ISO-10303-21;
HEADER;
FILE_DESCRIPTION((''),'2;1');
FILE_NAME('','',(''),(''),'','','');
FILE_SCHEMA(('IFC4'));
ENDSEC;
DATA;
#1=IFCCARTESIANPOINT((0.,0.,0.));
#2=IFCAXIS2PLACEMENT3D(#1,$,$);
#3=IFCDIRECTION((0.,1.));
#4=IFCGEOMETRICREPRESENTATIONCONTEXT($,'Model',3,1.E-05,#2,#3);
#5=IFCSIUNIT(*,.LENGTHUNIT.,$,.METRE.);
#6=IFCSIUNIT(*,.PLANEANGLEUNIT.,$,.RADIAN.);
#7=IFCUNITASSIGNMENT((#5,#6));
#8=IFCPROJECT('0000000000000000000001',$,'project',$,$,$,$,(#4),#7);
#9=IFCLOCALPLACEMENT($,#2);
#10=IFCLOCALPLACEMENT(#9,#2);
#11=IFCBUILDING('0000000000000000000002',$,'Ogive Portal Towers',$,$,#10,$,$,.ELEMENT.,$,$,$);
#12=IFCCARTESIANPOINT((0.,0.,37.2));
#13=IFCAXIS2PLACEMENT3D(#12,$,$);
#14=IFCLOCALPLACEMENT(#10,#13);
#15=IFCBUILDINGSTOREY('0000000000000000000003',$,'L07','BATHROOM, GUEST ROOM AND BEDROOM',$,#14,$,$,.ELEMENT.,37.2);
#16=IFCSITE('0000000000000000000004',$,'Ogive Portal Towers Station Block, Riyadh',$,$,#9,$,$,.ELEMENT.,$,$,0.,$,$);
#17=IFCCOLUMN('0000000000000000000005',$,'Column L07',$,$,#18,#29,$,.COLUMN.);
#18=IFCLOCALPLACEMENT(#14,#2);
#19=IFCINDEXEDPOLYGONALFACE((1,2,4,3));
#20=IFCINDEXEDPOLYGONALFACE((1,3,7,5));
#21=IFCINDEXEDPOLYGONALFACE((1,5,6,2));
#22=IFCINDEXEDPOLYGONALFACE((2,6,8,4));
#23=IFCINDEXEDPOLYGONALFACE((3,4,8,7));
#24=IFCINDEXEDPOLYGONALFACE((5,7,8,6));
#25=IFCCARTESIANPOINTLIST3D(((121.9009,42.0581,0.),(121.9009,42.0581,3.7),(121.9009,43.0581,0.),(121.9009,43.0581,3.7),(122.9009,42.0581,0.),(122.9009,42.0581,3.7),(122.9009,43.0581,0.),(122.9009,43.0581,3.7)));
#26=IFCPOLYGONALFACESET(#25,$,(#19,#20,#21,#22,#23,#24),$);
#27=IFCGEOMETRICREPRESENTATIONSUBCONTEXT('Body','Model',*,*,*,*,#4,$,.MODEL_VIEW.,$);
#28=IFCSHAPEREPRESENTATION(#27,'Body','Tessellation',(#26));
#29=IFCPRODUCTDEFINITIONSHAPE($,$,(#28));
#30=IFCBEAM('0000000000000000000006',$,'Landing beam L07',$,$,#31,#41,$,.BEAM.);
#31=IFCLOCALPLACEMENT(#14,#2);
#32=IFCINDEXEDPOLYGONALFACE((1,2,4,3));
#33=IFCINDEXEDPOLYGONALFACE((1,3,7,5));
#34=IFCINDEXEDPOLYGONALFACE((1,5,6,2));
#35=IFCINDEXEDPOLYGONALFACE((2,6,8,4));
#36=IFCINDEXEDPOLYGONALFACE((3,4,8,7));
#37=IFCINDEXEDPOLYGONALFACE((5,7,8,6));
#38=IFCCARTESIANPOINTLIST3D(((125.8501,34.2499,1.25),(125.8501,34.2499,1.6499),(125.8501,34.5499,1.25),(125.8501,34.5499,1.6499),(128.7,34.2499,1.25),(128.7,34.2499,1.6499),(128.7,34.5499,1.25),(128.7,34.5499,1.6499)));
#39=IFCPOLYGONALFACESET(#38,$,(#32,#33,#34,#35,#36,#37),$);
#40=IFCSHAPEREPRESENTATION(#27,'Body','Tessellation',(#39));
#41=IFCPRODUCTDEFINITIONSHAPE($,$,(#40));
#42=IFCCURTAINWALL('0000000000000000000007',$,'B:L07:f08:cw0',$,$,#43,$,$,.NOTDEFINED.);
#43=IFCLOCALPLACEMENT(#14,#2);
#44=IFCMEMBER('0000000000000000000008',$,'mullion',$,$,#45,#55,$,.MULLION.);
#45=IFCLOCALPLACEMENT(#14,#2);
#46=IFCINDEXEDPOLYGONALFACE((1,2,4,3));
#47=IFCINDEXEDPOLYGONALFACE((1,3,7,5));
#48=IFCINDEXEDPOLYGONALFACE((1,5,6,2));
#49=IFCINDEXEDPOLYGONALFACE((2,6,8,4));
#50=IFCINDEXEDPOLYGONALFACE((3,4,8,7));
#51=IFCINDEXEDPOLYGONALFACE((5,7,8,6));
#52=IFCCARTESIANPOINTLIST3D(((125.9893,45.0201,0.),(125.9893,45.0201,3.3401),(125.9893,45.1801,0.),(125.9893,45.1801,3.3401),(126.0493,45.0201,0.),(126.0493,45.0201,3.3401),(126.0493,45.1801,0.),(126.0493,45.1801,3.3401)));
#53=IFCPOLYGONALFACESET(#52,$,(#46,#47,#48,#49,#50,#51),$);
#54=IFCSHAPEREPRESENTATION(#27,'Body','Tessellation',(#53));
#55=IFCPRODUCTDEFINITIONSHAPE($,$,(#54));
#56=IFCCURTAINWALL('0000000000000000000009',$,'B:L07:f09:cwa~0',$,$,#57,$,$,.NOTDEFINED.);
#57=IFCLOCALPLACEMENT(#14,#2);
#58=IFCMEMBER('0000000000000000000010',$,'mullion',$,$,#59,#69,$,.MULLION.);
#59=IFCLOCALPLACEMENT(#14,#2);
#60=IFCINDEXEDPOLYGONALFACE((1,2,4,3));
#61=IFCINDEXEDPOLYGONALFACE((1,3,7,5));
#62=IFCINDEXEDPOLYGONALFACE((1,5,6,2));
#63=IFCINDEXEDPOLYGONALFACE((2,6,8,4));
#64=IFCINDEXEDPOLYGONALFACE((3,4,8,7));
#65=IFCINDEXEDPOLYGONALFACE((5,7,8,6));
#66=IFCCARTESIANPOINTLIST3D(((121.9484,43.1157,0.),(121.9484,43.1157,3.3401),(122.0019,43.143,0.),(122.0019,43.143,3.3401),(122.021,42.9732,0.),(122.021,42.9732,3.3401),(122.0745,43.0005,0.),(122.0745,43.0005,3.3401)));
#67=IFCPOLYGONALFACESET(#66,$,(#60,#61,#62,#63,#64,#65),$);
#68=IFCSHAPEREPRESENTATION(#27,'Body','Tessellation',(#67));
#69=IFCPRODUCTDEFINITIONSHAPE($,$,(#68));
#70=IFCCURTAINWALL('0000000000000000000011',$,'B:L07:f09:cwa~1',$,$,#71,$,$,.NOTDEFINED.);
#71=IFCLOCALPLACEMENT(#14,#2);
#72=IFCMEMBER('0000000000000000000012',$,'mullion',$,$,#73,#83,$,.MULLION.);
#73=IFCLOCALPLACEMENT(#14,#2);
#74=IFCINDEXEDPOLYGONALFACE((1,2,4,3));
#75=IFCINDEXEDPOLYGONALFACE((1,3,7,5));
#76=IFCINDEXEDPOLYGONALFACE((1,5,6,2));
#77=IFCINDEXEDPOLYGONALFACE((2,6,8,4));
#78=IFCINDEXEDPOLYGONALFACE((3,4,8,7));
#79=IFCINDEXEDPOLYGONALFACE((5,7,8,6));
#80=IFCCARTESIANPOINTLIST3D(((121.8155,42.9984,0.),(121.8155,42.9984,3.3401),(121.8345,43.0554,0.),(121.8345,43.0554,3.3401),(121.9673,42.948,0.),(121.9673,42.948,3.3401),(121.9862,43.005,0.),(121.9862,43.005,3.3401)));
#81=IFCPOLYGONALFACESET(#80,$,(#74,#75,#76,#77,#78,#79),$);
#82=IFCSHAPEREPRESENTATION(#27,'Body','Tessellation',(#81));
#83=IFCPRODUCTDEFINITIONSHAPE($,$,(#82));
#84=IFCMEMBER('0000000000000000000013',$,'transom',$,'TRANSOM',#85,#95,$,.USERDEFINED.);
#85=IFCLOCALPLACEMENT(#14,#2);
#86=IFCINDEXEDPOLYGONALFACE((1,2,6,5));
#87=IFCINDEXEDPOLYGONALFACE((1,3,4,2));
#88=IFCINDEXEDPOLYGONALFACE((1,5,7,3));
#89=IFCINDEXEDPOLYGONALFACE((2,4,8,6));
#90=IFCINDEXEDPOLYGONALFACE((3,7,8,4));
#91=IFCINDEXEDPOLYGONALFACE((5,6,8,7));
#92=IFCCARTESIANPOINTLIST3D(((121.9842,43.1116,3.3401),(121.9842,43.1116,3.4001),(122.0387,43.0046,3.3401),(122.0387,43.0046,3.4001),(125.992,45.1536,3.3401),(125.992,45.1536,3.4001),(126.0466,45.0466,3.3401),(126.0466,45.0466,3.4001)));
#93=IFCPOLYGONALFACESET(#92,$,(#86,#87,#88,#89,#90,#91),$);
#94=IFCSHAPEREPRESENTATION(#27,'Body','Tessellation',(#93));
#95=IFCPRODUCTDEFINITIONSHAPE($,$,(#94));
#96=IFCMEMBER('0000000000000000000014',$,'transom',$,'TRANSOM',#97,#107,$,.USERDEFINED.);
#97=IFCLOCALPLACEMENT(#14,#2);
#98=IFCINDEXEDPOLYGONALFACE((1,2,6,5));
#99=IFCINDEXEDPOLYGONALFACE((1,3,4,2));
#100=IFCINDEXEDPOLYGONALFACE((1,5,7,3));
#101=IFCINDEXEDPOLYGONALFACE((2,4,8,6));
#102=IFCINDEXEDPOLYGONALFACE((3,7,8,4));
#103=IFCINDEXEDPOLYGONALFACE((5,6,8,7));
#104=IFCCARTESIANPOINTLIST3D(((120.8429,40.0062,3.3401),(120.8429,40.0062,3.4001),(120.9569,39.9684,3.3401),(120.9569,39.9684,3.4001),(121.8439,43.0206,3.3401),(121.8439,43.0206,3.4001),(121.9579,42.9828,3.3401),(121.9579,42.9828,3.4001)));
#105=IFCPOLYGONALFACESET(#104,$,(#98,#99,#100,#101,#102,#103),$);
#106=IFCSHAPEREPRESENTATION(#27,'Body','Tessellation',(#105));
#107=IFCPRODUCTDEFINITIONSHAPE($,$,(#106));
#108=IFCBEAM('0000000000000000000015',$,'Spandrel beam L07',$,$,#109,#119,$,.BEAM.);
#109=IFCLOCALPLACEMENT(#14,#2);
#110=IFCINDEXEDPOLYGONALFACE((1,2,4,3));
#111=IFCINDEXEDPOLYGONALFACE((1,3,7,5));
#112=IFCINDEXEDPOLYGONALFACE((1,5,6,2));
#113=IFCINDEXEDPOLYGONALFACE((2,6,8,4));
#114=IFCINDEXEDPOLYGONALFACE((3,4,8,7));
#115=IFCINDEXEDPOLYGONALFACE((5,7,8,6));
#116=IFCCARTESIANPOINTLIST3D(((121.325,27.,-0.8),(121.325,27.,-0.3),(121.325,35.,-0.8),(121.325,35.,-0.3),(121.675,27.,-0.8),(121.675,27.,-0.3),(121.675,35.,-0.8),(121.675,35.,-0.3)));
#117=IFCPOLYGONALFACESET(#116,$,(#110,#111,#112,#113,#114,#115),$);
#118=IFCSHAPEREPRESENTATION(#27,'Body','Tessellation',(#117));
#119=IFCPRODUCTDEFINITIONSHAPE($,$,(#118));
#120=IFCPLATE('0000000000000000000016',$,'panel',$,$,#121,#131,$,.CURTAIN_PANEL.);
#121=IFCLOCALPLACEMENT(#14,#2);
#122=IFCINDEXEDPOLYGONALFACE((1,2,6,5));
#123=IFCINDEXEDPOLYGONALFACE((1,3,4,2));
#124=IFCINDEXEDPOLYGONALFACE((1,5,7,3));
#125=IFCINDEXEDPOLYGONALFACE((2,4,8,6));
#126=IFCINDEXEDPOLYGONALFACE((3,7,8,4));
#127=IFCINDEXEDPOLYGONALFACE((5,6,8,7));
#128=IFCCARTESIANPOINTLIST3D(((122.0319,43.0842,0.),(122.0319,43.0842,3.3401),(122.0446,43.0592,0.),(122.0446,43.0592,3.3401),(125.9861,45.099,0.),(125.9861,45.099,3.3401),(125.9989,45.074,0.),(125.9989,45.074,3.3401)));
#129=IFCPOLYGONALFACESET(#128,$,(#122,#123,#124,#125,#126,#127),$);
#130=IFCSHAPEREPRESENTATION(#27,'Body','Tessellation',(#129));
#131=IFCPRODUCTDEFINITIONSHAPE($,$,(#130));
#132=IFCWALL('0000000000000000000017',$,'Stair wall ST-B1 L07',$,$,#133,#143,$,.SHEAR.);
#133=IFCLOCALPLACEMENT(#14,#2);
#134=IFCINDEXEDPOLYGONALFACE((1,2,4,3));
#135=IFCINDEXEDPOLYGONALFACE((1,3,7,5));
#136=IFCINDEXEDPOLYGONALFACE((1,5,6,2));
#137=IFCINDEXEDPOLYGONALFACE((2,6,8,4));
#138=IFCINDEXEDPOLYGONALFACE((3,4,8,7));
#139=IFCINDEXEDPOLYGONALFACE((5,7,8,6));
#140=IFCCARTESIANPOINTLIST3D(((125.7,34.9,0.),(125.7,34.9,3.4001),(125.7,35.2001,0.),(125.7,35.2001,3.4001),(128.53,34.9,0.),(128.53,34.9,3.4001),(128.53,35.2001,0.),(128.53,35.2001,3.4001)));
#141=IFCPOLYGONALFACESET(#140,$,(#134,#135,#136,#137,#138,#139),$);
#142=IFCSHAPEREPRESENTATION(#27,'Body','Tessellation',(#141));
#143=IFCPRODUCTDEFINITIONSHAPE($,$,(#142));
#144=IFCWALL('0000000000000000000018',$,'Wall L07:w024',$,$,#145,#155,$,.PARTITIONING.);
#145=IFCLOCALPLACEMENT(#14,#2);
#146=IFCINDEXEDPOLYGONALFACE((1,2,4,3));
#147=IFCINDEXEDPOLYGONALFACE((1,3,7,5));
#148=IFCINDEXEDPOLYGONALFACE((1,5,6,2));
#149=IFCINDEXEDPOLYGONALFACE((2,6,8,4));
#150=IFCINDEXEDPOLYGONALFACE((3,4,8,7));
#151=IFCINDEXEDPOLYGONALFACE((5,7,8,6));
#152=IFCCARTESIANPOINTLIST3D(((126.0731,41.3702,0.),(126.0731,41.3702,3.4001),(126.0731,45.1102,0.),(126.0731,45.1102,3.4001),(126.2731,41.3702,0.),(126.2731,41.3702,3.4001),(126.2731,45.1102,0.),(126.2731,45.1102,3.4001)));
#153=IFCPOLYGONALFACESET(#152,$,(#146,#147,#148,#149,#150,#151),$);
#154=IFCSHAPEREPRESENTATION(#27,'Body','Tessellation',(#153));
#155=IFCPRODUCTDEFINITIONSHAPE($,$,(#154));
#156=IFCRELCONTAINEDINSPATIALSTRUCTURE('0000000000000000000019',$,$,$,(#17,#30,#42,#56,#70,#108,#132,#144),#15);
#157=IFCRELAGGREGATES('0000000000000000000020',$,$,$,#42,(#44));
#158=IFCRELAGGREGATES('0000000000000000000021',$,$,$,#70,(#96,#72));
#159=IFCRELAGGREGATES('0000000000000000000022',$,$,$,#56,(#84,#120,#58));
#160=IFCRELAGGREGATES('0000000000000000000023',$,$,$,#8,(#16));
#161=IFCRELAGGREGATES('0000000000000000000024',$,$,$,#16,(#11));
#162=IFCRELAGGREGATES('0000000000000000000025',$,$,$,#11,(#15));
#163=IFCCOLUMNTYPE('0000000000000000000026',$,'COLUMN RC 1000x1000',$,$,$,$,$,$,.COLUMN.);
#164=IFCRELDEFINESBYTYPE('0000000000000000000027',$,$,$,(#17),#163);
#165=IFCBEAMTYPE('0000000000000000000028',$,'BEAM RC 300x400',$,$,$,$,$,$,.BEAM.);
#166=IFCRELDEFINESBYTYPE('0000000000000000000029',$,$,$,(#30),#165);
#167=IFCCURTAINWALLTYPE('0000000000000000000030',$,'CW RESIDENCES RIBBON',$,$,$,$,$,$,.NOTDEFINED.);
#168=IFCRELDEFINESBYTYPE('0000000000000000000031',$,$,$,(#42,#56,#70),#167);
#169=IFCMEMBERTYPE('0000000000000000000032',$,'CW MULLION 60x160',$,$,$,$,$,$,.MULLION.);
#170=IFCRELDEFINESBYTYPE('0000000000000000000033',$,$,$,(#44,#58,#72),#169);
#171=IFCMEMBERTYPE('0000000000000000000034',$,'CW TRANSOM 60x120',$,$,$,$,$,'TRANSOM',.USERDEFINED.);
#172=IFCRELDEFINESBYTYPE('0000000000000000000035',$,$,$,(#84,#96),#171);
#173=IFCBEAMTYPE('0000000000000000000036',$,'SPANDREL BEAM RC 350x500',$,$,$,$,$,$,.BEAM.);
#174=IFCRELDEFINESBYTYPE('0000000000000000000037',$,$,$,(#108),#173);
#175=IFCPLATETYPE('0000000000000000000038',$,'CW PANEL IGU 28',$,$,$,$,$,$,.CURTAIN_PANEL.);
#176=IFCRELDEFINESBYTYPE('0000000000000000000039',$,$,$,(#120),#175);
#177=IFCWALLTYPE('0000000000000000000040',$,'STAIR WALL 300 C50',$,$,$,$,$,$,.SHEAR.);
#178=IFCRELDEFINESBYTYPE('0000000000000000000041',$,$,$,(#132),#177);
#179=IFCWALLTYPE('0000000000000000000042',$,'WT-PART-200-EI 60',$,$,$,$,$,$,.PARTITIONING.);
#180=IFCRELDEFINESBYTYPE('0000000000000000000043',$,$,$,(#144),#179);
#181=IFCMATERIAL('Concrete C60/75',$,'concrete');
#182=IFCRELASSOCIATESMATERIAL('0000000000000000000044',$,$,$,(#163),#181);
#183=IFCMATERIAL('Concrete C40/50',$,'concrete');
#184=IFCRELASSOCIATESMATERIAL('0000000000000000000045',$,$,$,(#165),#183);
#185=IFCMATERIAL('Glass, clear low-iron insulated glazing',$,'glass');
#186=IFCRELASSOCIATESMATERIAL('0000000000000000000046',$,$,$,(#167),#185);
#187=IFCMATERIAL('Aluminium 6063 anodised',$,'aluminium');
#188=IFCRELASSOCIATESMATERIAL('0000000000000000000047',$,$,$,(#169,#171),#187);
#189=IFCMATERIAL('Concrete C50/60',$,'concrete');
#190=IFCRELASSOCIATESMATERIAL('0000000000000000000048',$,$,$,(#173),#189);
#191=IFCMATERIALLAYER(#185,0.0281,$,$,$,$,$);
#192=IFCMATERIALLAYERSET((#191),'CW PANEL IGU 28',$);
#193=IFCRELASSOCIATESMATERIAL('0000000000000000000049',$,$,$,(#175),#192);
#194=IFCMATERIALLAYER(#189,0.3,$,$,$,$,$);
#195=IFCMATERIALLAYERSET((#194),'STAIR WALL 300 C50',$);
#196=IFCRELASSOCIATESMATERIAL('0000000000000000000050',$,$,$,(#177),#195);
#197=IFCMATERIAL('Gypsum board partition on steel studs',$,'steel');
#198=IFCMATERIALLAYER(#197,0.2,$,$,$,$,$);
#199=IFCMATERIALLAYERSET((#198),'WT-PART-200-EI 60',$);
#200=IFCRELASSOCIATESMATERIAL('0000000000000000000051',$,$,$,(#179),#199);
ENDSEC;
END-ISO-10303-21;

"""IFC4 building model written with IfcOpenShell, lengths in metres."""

from ifc_helpers import new_model, si_unit, direction, frame, frame_2d, origin, origin_2d, place, context, subcontext, project, spatial, rectangle, extrude, material, layer, layer_set, material_profile, profile_set, type_object, element, aggregate, save


model = new_model("IFC4")

# Units and contexts
model_context = context("Model", 3, precision=1e-05, world=origin(), true_north=direction((0.0, 1.0)))
body_context = subcontext(model_context, "Body", "Model", "MODEL_VIEW")
ifc_project = project(units=[si_unit("LENGTHUNIT", "METRE"), si_unit("PLANEANGLEUNIT", "RADIAN")], contexts=[model_context])

# Site, building, storey
site_placement = place(None, origin())
site = spatial("IfcSite", under=ifc_project, at=site_placement, Name="Ogive Portal Towers Station Block, Riyadh", CompositionType="ELEMENT", RefElevation=0.0)
building_placement = place(site_placement, origin())
building = spatial("IfcBuilding", under=site, at=building_placement, Name="Ogive Portal Towers", CompositionType="ELEMENT")
storey_placement = place(building_placement, frame((0.0, 0.0, 37.2)))
storey = spatial("IfcBuildingStorey", under=building, at=storey_placement, Name="L07", Description="BATHROOM, GUEST ROOM AND BEDROOM", CompositionType="ELEMENT", Elevation=37.2)

# Column
ifc_material_1 = material(Name="Concrete C60/75", Category="concrete")
ifc_material_profile_1 = material_profile(ifc_material_1, rectangle(XDim=1.0, YDim=1.0, at=origin_2d()), Name="RC 1000x1000")
ifc_profile_set_1 = profile_set([ifc_material_profile_1], Name="Concrete C60/75")
column_type = type_object("IfcColumnType", Name="COLUMN RC 1000x1000", PredefinedType="COLUMN", material=ifc_profile_set_1)
column_placement = place(storey_placement, frame((122.4009, 42.5581, 0.0), z_axis=(0.0, 0.0, 1.0), x_axis=(1.0, 0.0, 0.0)))
element("IfcColumn", 1, at=column_placement, inside=storey, type_object=column_type, Name="Column L07", PredefinedType="COLUMN", context=body_context, shape_type="SweptSolid", body=[
    extrude(rectangle(XDim=1.0, YDim=1.0, at=origin_2d()), origin(), (0.0, 0.0, 1.0), 3.7),
])

# Beam
ifc_material_2 = material(Name="Concrete C40/50", Category="concrete")
ifc_material_profile_2 = material_profile(ifc_material_2, rectangle(XDim=0.3, YDim=0.3999, at=origin_2d()), Name="RC 300x400")
ifc_profile_set_2 = profile_set([ifc_material_profile_2], Name="Concrete C40/50")
beam_type_1 = type_object("IfcBeamType", Name="BEAM RC 300x400", PredefinedType="BEAM", material=ifc_profile_set_2)
beam_1_placement = place(storey_placement, frame((125.8501, 34.3999, 1.45), z_axis=(1.0, 0.0, 0.0), x_axis=(0.0, 1.0, 0.0)))
element("IfcBeam", 2, at=beam_1_placement, inside=storey, type_object=beam_type_1, Name="Landing beam L07", PredefinedType="BEAM", context=body_context, shape_type="SweptSolid", body=[
    extrude(rectangle(XDim=0.3, YDim=0.3999, at=origin_2d()), origin(), (0.0, 0.0, 1.0), 2.8499),
])

# Curtain walls, members
ifc_material_3 = material(Name="Glass, clear low-iron insulated glazing", Category="glass")
curtain_wall_type = type_object("IfcCurtainWallType", Name="CW RESIDENCES RIBBON", PredefinedType="NOTDEFINED", material=ifc_material_3)
curtain_wall_1_placement = place(storey_placement, origin())
curtain_wall_1 = element("IfcCurtainWall", 3, at=curtain_wall_1_placement, inside=storey, type_object=curtain_wall_type, Name="B:L07:f08:cw0", PredefinedType="NOTDEFINED")
ifc_material_4 = material(Name="Aluminium 6063 anodised", Category="aluminium")
ifc_material_profile_3 = material_profile(ifc_material_4, rectangle(XDim=0.1599, YDim=0.0601, at=origin_2d()), Name="AL 60x160")
ifc_profile_set_3 = profile_set([ifc_material_profile_3], Name="Aluminium 6063 anodised")
member_type_1 = type_object("IfcMemberType", Name="CW MULLION 60x160", PredefinedType="MULLION", material=ifc_profile_set_3)
member_1_placement = place(storey_placement, frame((126.0193, 45.1001, 0.0), z_axis=(0.0, 0.0, 1.0), x_axis=(0.0, -1.0, 0.0)))
member_1 = element("IfcMember", 4, at=member_1_placement, type_object=member_type_1, Name="mullion", PredefinedType="MULLION", context=body_context, shape_type="SweptSolid", body=[
    extrude(rectangle(XDim=0.1599, YDim=0.0601, at=origin_2d()), origin(), (0.0, 0.0, 1.0), 3.3401),
])
aggregate(curtain_wall_1, [member_1])
curtain_wall_2_placement = place(storey_placement, origin())
curtain_wall_2 = element("IfcCurtainWall", 5, at=curtain_wall_2_placement, inside=storey, type_object=curtain_wall_type, Name="B:L07:f09:cwa~0", PredefinedType="NOTDEFINED")
member_2_placement = place(storey_placement, frame((122.0115, 43.0581, 0.0), z_axis=(0.0, 0.0, 1.0), x_axis=(0.45399, -0.891007, 0.0)))
member_2 = element("IfcMember", 6, at=member_2_placement, type_object=member_type_1, Name="mullion", PredefinedType="MULLION", context=body_context, shape_type="SweptSolid", body=[
    extrude(rectangle(XDim=0.1599, YDim=0.0601, at=origin_2d()), origin(), (0.0, 0.0, 1.0), 3.3401),
])
curtain_wall_3_placement = place(storey_placement, origin())
curtain_wall_3 = element("IfcCurtainWall", 7, at=curtain_wall_3_placement, inside=storey, type_object=curtain_wall_type, Name="B:L07:f09:cwa~1", PredefinedType="NOTDEFINED")
member_3_placement = place(storey_placement, frame((121.9009, 43.0017, 0.0), z_axis=(0.0, 0.0, 1.0), x_axis=(0.94904, -0.315156, 0.0)))
member_3 = element("IfcMember", 8, at=member_3_placement, type_object=member_type_1, Name="mullion", PredefinedType="MULLION", context=body_context, shape_type="SweptSolid", body=[
    extrude(rectangle(XDim=0.1599, YDim=0.0601, at=origin_2d()), origin(), (0.0, 0.0, 1.0), 3.3401),
])

# Members
ifc_material_profile_4 = material_profile(ifc_material_4, rectangle(XDim=0.1201, YDim=0.0601, at=origin_2d()), Name="AL 120x60")
ifc_profile_set_4 = profile_set([ifc_material_profile_4], Name="Aluminium 6063 anodised")
member_type_2 = type_object("IfcMemberType", Name="CW TRANSOM 60x120", ElementType="TRANSOM", PredefinedType="USERDEFINED", material=ifc_profile_set_4)
member_4_placement = place(storey_placement, frame((126.0193, 45.1001, 3.3701), z_axis=(-0.891015, -0.453975, 0.0), x_axis=(0.453975, -0.891015, 0.0)))
member_4 = element("IfcMember", 9, at=member_4_placement, type_object=member_type_2, Name="transom", ObjectType="TRANSOM", PredefinedType="USERDEFINED", context=body_context, shape_type="SweptSolid", body=[
    extrude(rectangle(XDim=0.1201, YDim=0.0601, at=origin_2d()), origin(), (0.0, 0.0, 1.0), 4.498),
])
member_5_placement = place(storey_placement, frame((121.9009, 43.0017, 3.3701), z_axis=(-0.315144, -0.949044, 0.0), x_axis=(0.949044, -0.315144, 0.0)))
member_5 = element("IfcMember", 10, at=member_5_placement, type_object=member_type_2, Name="transom", ObjectType="TRANSOM", PredefinedType="USERDEFINED", context=body_context, shape_type="SweptSolid", body=[
    extrude(rectangle(XDim=0.1201, YDim=0.0601, at=origin_2d()), origin(), (0.0, 0.0, 1.0), 3.1763),
])
aggregate(curtain_wall_3, [member_5, member_3])

# Beam
ifc_material_5 = material(Name="Concrete C50/60", Category="concrete")
ifc_material_profile_5 = material_profile(ifc_material_5, rectangle(XDim=0.3501, YDim=0.5, at=origin_2d()), Name="RC 350x500")
ifc_profile_set_5 = profile_set([ifc_material_profile_5], Name="Concrete C50/60")
beam_type_2 = type_object("IfcBeamType", Name="SPANDREL BEAM RC 350x500", PredefinedType="BEAM", material=ifc_profile_set_5)
beam_2_placement = place(storey_placement, frame((121.5, 35.0, -0.55), z_axis=(0.0, -1.0, 0.0), x_axis=(1.0, 0.0, 0.0)))
element("IfcBeam", 11, at=beam_2_placement, inside=storey, type_object=beam_type_2, Name="Spandrel beam L07", PredefinedType="BEAM", context=body_context, shape_type="SweptSolid", body=[
    extrude(rectangle(XDim=0.3501, YDim=0.5, at=origin_2d()), origin(), (0.0, 0.0, 1.0), 8.0),
])

# Plate
ifc_layer_1 = layer(ifc_material_3, 0.0281)
ifc_layer_set_1 = layer_set([ifc_layer_1], Name="CW PANEL IGU 28")
plate_type = type_object("IfcPlateType", Name="CW PANEL IGU 28", PredefinedType="CURTAIN_PANEL", material=ifc_layer_set_1)
plate_placement = place(storey_placement, frame((124.0154, 44.0791, 0.0), z_axis=(0.0, 0.0, 1.0), x_axis=(-0.891007, -0.45399, 0.0)))
plate = element("IfcPlate", 12, at=plate_placement, type_object=plate_type, Name="panel", PredefinedType="CURTAIN_PANEL", context=body_context, shape_type="SweptSolid", body=[
    extrude(rectangle(XDim=4.438, YDim=0.0281, at=origin_2d()), origin(), (0.0, 0.0, 1.0), 3.3401),
])
aggregate(curtain_wall_2, [member_4, plate, member_2])

# Walls
ifc_layer_2 = layer(ifc_material_5, 0.3)
ifc_layer_set_2 = layer_set([ifc_layer_2], Name="STAIR WALL 300 C50")
wall_type_1 = type_object("IfcWallType", Name="STAIR WALL 300 C50", PredefinedType="SHEAR", material=ifc_layer_set_2)
wall_1_placement = place(storey_placement, frame((125.7, 35.05, 0.0), z_axis=(0.0, 0.0, 1.0), x_axis=(1.0, 0.0, 0.0)))
element("IfcWall", 13, at=wall_1_placement, inside=storey, type_object=wall_type_1, Name="Stair wall ST-B1 L07", PredefinedType="SHEAR", context=body_context, shape_type="SweptSolid", body=[
    extrude(rectangle(XDim=2.8301, YDim=0.3, at=frame_2d((1.415, 0.0))), origin(), (0.0, 0.0, 1.0), 3.4001),
])
ifc_material_6 = material(Name="Gypsum board partition on steel studs", Category="steel")
ifc_layer_3 = layer(ifc_material_6, 0.2)
ifc_layer_set_3 = layer_set([ifc_layer_3], Name="WT-PART-200-EI 60")
wall_type_2 = type_object("IfcWallType", Name="WT-PART-200-EI 60", PredefinedType="PARTITIONING", material=ifc_layer_set_3)
wall_2_placement = place(storey_placement, frame((126.1731, 41.3701, 0.0), z_axis=(0.0, 0.0, 1.0), x_axis=(0.0, 1.0, 0.0)))
element("IfcWall", 14, at=wall_2_placement, inside=storey, type_object=wall_type_2, Name="Wall L07:w024", PredefinedType="PARTITIONING", context=body_context, shape_type="SweptSolid", body=[
    extrude(rectangle(XDim=3.74, YDim=0.2, at=frame_2d((1.8701, 0.0))), origin(), (0.0, 0.0, 1.0), 3.4001),
])

save(model, "model.ifc")
